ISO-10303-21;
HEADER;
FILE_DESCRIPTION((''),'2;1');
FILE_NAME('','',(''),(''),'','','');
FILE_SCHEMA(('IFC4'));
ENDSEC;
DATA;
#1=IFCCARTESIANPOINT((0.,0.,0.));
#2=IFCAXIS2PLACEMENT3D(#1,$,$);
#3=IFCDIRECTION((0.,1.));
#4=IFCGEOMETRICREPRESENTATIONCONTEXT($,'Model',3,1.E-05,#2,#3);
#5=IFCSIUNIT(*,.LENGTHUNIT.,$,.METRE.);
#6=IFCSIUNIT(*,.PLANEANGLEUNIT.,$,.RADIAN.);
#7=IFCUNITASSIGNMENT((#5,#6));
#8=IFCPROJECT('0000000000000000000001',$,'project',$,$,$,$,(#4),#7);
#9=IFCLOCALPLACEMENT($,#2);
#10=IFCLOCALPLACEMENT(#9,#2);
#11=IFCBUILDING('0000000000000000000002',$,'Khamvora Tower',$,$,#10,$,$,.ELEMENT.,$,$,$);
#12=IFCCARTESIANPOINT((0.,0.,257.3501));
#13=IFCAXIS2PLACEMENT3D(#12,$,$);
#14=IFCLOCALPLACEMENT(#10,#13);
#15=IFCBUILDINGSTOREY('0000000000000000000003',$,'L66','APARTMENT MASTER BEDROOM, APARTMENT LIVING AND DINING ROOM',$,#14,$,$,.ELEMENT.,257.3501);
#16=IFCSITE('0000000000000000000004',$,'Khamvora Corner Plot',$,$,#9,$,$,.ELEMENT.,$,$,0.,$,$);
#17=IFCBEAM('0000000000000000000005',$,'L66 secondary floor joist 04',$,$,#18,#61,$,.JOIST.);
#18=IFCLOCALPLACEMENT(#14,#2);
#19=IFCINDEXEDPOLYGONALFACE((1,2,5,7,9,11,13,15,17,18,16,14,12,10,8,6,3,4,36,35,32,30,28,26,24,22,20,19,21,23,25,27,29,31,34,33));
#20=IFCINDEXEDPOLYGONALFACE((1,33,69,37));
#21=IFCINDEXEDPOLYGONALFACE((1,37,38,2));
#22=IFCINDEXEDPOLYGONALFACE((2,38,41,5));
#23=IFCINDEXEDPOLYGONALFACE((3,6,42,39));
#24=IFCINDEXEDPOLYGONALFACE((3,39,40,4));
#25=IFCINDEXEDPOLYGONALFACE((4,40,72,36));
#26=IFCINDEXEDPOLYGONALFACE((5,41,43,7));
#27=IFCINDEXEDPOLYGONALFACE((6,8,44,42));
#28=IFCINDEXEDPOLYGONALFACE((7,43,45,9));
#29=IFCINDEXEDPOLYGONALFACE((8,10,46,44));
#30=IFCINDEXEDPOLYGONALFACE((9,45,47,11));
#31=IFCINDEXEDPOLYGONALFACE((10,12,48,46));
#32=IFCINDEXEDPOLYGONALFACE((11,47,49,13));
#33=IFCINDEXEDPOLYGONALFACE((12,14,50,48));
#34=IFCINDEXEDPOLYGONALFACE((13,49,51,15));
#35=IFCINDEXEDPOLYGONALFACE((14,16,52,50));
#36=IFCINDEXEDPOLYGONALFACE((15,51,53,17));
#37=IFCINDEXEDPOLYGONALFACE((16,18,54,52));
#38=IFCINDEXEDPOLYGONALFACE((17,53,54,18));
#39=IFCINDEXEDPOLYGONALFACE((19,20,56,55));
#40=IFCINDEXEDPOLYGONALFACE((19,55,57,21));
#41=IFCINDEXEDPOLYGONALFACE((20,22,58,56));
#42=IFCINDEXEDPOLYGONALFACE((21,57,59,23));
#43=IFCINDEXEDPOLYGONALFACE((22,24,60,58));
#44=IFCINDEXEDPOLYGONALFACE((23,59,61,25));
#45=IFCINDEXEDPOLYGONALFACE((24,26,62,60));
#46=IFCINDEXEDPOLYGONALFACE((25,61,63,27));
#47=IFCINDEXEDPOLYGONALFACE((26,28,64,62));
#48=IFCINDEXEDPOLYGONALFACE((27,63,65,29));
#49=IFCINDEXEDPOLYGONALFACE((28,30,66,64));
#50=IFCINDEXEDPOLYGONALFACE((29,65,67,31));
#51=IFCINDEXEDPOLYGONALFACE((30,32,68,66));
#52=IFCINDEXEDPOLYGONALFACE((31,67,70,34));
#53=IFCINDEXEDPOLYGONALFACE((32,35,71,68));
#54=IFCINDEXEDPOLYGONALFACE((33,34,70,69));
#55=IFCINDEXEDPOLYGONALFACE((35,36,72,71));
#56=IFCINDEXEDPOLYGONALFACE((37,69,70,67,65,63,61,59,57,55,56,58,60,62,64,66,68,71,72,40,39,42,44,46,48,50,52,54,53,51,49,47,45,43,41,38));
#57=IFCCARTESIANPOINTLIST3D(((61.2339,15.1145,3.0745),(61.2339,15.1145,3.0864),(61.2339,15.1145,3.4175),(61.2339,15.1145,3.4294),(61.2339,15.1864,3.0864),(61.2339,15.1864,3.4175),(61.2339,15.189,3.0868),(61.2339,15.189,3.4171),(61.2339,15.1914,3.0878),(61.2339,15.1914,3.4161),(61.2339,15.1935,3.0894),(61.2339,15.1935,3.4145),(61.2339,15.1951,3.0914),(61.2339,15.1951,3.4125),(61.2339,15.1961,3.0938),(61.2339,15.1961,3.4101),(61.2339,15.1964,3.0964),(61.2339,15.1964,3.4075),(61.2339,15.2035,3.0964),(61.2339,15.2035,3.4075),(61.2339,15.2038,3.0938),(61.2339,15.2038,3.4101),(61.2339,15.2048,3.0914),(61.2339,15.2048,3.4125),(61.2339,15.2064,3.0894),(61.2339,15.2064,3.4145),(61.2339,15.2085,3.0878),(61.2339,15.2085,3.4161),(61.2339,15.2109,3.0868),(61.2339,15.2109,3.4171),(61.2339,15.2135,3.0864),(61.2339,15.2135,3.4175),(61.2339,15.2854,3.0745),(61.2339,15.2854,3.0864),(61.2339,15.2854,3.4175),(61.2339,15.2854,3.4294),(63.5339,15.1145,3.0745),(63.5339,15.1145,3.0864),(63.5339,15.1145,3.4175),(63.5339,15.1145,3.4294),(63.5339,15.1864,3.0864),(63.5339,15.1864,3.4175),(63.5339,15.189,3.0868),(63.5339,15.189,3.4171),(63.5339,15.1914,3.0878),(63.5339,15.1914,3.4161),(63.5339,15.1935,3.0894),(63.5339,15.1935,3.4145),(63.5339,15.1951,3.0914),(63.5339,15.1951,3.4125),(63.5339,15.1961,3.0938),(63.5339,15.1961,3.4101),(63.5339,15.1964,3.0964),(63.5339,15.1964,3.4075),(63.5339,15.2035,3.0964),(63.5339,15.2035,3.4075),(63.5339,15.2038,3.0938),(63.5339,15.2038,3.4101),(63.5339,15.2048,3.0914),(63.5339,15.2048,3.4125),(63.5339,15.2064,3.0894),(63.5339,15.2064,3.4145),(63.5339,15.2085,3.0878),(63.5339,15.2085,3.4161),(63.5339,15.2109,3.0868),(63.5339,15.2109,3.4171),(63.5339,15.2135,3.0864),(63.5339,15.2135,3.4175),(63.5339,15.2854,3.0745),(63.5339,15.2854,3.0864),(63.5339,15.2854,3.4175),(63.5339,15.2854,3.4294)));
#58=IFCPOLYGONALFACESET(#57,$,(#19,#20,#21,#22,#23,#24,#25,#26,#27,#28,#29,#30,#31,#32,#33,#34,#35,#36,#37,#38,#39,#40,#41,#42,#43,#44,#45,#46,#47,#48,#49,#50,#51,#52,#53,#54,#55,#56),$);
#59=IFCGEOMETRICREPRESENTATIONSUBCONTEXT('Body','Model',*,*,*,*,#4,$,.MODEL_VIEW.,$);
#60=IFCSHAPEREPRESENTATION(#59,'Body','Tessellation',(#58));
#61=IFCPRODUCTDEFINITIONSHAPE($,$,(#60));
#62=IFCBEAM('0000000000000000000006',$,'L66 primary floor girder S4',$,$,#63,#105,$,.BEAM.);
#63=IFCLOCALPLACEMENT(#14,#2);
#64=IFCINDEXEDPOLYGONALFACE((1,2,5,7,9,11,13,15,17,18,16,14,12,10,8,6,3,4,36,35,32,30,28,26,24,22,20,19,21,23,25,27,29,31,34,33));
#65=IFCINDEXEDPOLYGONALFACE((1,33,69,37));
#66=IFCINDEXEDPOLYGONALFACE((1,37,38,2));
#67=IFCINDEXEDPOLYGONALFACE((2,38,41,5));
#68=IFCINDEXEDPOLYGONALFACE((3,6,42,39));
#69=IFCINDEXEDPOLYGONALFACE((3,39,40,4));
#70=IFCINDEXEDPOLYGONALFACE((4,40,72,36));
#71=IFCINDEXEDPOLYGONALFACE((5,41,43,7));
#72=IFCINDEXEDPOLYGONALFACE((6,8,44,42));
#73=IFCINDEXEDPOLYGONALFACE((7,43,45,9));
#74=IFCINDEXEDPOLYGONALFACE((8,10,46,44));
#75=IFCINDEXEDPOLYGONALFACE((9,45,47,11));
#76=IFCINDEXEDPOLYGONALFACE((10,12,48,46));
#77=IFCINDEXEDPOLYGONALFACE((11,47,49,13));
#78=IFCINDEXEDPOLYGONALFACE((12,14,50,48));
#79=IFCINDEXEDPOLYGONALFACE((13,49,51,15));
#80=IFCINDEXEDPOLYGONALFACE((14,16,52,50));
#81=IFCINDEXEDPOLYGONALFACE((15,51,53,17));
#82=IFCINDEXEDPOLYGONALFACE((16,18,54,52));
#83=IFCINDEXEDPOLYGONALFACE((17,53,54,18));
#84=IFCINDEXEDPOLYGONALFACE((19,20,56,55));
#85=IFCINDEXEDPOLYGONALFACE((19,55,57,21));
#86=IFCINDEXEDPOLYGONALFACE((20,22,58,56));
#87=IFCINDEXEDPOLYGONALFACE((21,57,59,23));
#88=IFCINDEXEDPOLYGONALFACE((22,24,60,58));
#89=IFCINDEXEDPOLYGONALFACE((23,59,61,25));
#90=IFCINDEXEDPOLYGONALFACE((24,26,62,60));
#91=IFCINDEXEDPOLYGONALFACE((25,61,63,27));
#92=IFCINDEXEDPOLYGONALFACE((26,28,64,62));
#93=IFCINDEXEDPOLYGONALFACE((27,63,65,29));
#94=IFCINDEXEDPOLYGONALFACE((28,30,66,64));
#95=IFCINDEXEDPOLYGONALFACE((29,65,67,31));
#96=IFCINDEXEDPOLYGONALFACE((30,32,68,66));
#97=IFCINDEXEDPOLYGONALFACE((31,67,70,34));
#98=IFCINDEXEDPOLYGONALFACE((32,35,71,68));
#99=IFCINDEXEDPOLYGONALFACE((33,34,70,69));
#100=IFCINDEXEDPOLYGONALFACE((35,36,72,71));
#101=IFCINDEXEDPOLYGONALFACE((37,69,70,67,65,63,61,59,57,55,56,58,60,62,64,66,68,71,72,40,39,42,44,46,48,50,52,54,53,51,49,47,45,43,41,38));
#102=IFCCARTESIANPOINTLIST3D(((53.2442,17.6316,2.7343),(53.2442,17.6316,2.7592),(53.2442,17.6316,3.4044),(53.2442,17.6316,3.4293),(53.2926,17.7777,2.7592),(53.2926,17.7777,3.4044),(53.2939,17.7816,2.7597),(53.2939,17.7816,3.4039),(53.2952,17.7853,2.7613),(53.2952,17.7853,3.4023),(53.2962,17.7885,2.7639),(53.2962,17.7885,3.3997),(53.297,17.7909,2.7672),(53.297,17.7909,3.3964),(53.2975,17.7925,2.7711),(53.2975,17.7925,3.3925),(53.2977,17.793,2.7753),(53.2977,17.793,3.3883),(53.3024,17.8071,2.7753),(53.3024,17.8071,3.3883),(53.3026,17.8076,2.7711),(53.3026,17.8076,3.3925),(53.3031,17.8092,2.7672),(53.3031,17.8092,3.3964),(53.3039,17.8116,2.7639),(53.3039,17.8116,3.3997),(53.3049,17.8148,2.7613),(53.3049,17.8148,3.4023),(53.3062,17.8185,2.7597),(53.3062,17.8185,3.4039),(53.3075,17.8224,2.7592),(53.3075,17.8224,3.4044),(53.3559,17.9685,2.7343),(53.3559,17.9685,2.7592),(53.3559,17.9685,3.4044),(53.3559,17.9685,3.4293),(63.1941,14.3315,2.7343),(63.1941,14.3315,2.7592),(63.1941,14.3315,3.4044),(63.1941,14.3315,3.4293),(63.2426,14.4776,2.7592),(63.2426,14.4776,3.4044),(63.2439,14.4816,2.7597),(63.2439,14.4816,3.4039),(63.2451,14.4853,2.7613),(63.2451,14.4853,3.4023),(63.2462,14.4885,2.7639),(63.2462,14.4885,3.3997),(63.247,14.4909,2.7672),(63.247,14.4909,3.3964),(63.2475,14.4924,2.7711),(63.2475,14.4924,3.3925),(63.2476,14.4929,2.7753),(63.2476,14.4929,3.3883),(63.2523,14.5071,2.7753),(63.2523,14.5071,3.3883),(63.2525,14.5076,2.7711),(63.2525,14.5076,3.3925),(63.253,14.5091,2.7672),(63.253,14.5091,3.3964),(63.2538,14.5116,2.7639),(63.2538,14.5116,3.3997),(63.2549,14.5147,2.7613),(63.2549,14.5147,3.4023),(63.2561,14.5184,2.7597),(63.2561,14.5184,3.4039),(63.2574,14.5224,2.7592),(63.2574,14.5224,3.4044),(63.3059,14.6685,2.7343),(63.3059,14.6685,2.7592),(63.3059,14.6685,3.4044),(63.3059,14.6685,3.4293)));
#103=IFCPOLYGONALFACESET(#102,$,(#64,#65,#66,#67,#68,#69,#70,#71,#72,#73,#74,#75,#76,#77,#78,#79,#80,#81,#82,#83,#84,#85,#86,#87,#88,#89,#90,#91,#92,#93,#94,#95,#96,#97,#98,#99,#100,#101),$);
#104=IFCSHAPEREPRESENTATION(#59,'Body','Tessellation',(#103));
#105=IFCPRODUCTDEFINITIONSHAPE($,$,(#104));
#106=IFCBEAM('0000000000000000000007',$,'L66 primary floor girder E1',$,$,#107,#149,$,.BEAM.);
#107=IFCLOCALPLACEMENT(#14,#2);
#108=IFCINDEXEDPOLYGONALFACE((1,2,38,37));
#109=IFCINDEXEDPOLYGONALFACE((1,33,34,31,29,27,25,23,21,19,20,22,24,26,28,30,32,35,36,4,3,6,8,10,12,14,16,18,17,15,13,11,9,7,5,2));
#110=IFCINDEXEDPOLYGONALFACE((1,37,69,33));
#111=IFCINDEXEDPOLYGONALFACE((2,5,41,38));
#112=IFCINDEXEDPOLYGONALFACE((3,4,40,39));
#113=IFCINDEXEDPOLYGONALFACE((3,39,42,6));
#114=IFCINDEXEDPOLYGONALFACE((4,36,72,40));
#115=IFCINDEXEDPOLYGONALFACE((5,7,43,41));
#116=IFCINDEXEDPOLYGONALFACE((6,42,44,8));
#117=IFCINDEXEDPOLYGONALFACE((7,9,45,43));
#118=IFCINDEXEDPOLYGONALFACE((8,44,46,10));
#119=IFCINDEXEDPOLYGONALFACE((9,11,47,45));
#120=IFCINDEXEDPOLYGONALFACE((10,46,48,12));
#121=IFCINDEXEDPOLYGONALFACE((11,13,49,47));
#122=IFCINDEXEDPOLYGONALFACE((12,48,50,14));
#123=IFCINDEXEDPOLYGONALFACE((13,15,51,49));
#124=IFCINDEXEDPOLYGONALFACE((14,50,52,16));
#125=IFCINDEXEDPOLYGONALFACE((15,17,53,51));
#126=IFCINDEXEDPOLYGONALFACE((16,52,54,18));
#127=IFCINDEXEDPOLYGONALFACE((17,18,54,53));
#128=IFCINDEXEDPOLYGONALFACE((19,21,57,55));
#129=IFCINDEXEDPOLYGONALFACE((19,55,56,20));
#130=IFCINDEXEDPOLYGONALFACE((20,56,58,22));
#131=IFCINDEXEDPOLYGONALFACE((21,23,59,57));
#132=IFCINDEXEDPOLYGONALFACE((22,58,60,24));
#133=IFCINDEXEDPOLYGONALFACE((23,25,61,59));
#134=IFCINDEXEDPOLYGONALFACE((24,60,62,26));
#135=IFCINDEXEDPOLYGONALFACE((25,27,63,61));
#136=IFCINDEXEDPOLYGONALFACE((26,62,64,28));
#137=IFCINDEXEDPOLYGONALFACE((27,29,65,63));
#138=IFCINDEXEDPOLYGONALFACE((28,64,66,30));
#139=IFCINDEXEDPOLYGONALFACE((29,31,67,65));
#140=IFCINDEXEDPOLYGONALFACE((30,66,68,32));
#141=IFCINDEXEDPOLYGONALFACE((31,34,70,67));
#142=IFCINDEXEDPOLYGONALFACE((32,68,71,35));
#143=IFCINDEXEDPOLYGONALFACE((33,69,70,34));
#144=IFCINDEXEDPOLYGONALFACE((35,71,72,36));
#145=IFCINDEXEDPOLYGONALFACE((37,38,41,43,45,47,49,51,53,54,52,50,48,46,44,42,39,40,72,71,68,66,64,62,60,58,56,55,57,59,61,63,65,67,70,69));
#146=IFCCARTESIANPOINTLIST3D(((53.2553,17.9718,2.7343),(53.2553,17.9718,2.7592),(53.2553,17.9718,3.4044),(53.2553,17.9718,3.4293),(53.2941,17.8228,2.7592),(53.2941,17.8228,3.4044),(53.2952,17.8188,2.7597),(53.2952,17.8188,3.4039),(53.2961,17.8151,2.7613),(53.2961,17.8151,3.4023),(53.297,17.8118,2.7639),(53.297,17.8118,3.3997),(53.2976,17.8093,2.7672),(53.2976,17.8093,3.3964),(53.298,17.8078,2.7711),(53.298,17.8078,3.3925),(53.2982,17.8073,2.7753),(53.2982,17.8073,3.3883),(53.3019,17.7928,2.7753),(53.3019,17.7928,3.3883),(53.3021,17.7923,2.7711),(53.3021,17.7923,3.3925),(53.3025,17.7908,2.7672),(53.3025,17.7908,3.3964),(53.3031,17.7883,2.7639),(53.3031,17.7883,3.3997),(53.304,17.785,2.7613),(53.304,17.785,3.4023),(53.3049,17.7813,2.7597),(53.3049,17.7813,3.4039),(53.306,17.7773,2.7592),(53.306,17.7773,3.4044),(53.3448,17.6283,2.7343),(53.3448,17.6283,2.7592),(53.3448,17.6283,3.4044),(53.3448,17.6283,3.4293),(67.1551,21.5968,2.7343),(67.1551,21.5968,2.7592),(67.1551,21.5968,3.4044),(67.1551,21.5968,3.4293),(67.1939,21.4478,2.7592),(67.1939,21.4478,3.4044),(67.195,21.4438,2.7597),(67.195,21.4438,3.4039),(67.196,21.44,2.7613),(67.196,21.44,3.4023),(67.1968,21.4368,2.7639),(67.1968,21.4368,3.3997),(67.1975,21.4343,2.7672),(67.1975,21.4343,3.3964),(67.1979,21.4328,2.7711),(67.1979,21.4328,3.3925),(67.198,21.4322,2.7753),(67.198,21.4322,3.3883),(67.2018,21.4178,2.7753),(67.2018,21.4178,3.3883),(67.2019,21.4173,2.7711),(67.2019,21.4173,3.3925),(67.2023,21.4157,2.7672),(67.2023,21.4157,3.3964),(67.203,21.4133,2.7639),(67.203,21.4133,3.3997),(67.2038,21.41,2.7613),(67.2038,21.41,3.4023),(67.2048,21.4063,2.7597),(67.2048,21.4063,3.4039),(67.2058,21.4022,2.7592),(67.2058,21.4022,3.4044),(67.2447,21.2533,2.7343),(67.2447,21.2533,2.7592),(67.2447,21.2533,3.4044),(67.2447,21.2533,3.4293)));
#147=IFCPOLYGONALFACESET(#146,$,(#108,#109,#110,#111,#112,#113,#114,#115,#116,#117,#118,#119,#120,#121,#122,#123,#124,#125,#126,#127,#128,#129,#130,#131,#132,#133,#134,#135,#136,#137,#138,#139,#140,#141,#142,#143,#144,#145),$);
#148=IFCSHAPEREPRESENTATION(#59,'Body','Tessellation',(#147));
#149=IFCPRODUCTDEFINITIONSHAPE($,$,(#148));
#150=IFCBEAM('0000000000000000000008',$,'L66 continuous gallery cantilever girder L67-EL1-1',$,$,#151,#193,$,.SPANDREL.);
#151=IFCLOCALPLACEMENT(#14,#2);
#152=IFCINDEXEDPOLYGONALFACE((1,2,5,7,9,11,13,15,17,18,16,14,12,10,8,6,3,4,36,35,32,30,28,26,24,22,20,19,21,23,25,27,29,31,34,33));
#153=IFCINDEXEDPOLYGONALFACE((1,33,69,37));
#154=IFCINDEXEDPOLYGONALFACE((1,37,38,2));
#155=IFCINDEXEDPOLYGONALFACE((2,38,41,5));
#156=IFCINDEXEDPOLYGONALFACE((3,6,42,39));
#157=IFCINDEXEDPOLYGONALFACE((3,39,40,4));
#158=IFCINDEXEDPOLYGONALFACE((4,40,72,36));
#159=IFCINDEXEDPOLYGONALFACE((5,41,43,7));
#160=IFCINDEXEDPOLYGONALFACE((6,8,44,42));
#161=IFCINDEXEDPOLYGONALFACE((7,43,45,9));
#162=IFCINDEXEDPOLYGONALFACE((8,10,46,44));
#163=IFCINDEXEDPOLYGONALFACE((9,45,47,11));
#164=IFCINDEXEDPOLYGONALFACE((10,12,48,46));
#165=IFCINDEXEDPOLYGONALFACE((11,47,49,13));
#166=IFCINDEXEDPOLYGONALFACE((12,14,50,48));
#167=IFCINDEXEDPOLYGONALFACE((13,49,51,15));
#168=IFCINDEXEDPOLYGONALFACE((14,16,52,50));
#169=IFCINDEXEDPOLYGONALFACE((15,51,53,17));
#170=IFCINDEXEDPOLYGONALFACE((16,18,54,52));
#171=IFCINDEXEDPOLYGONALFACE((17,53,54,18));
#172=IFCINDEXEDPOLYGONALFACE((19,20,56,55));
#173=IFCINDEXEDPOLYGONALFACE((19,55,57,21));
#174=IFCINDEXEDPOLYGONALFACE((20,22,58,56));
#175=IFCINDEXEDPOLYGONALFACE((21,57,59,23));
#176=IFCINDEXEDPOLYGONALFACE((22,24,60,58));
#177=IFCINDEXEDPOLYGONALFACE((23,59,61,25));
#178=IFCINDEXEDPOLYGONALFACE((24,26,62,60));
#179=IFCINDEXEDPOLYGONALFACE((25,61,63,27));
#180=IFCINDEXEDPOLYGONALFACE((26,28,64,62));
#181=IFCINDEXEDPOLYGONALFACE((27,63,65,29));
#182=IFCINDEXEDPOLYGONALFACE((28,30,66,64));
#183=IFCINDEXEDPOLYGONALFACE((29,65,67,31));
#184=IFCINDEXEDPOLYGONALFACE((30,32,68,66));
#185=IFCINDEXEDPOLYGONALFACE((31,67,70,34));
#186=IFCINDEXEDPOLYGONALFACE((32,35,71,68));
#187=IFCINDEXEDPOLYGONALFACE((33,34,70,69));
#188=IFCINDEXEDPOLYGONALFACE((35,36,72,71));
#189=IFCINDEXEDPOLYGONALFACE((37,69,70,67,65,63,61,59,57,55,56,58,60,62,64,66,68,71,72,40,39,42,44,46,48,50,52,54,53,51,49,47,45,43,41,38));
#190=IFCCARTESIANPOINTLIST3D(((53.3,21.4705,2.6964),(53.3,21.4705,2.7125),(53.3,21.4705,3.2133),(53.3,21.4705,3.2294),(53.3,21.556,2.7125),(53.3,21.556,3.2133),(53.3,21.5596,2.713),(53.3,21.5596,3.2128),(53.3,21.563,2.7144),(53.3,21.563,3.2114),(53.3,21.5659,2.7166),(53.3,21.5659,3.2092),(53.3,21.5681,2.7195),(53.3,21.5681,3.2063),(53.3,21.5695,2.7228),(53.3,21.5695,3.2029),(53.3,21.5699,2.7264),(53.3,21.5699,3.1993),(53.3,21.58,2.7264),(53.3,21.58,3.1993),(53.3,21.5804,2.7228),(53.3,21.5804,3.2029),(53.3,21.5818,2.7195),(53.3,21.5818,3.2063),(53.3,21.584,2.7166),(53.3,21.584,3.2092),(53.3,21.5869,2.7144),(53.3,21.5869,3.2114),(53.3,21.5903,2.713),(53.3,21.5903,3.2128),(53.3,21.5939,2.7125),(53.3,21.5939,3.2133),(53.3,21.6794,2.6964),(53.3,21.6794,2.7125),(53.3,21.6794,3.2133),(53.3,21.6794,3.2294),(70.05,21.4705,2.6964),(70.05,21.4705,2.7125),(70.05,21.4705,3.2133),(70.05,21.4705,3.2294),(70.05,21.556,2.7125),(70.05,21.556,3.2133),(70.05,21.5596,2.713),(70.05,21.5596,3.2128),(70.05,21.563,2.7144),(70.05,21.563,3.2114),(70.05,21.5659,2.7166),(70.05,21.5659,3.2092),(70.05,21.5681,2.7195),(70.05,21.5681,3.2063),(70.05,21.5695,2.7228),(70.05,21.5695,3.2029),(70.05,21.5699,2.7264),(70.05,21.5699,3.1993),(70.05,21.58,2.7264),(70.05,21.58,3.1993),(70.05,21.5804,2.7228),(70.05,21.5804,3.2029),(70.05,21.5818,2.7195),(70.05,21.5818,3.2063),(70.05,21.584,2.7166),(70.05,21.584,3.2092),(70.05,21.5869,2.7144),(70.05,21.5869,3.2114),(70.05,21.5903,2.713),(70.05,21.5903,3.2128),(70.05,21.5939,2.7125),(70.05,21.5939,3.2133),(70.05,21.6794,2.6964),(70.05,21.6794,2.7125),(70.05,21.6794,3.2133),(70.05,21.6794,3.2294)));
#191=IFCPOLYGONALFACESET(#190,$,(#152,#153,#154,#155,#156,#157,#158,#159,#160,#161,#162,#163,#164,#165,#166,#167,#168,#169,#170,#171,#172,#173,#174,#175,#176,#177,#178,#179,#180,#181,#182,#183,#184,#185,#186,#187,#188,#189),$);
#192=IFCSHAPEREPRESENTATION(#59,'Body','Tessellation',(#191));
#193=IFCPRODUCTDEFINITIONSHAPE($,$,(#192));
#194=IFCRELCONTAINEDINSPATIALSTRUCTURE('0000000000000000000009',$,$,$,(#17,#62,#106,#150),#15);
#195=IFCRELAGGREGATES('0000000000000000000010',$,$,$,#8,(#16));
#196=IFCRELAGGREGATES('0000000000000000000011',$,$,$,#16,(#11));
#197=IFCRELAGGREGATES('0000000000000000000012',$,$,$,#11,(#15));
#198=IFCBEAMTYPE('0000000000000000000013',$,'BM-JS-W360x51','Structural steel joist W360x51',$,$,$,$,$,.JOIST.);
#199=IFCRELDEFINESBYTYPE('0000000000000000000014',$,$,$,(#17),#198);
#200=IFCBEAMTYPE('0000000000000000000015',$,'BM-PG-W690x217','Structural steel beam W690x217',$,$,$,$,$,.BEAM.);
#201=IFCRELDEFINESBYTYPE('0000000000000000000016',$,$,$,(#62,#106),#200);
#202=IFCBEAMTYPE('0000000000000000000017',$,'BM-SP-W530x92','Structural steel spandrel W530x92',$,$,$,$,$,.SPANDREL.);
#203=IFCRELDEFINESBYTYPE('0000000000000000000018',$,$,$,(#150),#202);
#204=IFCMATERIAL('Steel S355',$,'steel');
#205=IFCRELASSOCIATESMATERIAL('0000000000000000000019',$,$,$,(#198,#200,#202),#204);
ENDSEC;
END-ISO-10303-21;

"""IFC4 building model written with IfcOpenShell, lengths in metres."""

from ifc_helpers import new_model, si_unit, direction, frame, origin, origin_2d, place, context, subcontext, project, spatial, i_section, extrude, material, material_profile, profile_set, type_object, element, save


model = new_model("IFC4")

# Units and contexts
model_context = context("Model", 3, precision=1e-05, world=origin(), true_north=direction((0.0, 1.0)))
body_context = subcontext(model_context, "Body", "Model", "MODEL_VIEW")
ifc_project = project(units=[si_unit("LENGTHUNIT", "METRE"), si_unit("PLANEANGLEUNIT", "RADIAN")], contexts=[model_context])

# Site, building, storey
site_placement = place(None, origin())
site = spatial("IfcSite", under=ifc_project, at=site_placement, Name="Khamvora Corner Plot", CompositionType="ELEMENT", RefElevation=0.0)
building_placement = place(site_placement, origin())
building = spatial("IfcBuilding", under=site, at=building_placement, Name="Khamvora Tower", CompositionType="ELEMENT")
storey_placement = place(building_placement, frame((0.0, 0.0, 257.3501)))
storey = spatial("IfcBuildingStorey", under=building, at=storey_placement, Name="L66", Description="APARTMENT MASTER BEDROOM, APARTMENT LIVING AND DINING ROOM", CompositionType="ELEMENT", Elevation=257.3501)

# Beams
ifc_material_1 = material(Name="Steel S355", Category="steel")
ifc_material_profile_1 = material_profile(ifc_material_1, i_section(OverallWidth=0.1709, OverallDepth=0.355, WebThickness=0.0071, FlangeThickness=0.012, FilletRadius=0.01, at=origin_2d()), Name="W360x51")
ifc_profile_set_1 = profile_set([ifc_material_profile_1], Name="Steel S355")
beam_type_1 = type_object("IfcBeamType", Name="BM-JS-W360x51", Description="Structural steel joist W360x51", PredefinedType="JOIST", material=ifc_profile_set_1)
beam_1_placement = place(storey_placement, frame((61.2339, 15.2, 3.252), z_axis=(1.0, 0.0, 0.0), x_axis=(0.0, 1.0, 0.0)))
element("IfcBeam", 1, at=beam_1_placement, inside=storey, type_object=beam_type_1, Name="L66 secondary floor joist 04", PredefinedType="JOIST", context=body_context, shape_type="SweptSolid", body=[
    extrude(i_section(OverallWidth=0.1709, OverallDepth=0.355, WebThickness=0.0071, FlangeThickness=0.012, FilletRadius=0.01, at=origin_2d()), origin(), (0.0, 0.0, 1.0), 2.3),
])
ifc_material_profile_2 = material_profile(ifc_material_1, i_section(OverallWidth=0.355, OverallDepth=0.6951, WebThickness=0.0149, FlangeThickness=0.0249, FilletRadius=0.0161, at=origin_2d()), Name="W690x217")
ifc_profile_set_2 = profile_set([ifc_material_profile_2], Name="Steel S355")
beam_type_2 = type_object("IfcBeamType", Name="BM-PG-W690x217", Description="Structural steel beam W690x217", PredefinedType="BEAM", material=ifc_profile_set_2)
beam_2_placement = place(storey_placement, frame((53.3, 17.8, 3.0818), z_axis=(0.949157, -0.314802, 0.0), x_axis=(0.314802, 0.949157, 0.0)))
element("IfcBeam", 2, at=beam_2_placement, inside=storey, type_object=beam_type_2, Name="L66 primary floor girder S4", PredefinedType="BEAM", context=body_context, shape_type="SweptSolid", body=[
    extrude(i_section(OverallWidth=0.355, OverallDepth=0.6951, WebThickness=0.0149, FlangeThickness=0.0249, FilletRadius=0.0161, at=origin_2d()), origin(), (0.0, 0.0, 1.0), 10.4829),
])
beam_3_placement = place(storey_placement, frame((53.3, 17.8, 3.0818), z_axis=(0.967635, 0.252353, 0.0), x_axis=(-0.252353, 0.967635, 0.0)))
element("IfcBeam", 3, at=beam_3_placement, inside=storey, type_object=beam_type_2, Name="L66 primary floor girder E1", PredefinedType="BEAM", context=body_context, shape_type="SweptSolid", body=[
    extrude(i_section(OverallWidth=0.355, OverallDepth=0.6951, WebThickness=0.0149, FlangeThickness=0.0249, FilletRadius=0.0161, at=origin_2d()), origin(), (0.0, 0.0, 1.0), 14.3647),
])
ifc_material_profile_3 = material_profile(ifc_material_1, i_section(OverallWidth=0.209, OverallDepth=0.533, WebThickness=0.01, FlangeThickness=0.0161, FilletRadius=0.0139, at=origin_2d()), Name="W530x92")
ifc_profile_set_3 = profile_set([ifc_material_profile_3], Name="Steel S355")
beam_type_3 = type_object("IfcBeamType", Name="BM-SP-W530x92", Description="Structural steel spandrel W530x92", PredefinedType="SPANDREL", material=ifc_profile_set_3)
for number, where, z_axis, x_axis, name in (
    (4, (53.3, 21.575, 2.9629), (1.0, 0.0, 0.0), (0.0, 1.0, 0.0), "L66 continuous gallery cantilever girder L67-EL1-1"),
):
    element("IfcBeam", number, at=place(storey_placement, frame(where, z_axis=z_axis, x_axis=x_axis)), inside=storey, type_object=beam_type_3, Name=name, PredefinedType="SPANDREL", context=body_context, shape_type="SweptSolid", body=[
        extrude(i_section(OverallWidth=0.209, OverallDepth=0.533, WebThickness=0.01, FlangeThickness=0.0161, FilletRadius=0.0139, at=origin_2d()), origin(), (0.0, 0.0, 1.0), 16.75),
    ])

save(model, "model.ifc")
